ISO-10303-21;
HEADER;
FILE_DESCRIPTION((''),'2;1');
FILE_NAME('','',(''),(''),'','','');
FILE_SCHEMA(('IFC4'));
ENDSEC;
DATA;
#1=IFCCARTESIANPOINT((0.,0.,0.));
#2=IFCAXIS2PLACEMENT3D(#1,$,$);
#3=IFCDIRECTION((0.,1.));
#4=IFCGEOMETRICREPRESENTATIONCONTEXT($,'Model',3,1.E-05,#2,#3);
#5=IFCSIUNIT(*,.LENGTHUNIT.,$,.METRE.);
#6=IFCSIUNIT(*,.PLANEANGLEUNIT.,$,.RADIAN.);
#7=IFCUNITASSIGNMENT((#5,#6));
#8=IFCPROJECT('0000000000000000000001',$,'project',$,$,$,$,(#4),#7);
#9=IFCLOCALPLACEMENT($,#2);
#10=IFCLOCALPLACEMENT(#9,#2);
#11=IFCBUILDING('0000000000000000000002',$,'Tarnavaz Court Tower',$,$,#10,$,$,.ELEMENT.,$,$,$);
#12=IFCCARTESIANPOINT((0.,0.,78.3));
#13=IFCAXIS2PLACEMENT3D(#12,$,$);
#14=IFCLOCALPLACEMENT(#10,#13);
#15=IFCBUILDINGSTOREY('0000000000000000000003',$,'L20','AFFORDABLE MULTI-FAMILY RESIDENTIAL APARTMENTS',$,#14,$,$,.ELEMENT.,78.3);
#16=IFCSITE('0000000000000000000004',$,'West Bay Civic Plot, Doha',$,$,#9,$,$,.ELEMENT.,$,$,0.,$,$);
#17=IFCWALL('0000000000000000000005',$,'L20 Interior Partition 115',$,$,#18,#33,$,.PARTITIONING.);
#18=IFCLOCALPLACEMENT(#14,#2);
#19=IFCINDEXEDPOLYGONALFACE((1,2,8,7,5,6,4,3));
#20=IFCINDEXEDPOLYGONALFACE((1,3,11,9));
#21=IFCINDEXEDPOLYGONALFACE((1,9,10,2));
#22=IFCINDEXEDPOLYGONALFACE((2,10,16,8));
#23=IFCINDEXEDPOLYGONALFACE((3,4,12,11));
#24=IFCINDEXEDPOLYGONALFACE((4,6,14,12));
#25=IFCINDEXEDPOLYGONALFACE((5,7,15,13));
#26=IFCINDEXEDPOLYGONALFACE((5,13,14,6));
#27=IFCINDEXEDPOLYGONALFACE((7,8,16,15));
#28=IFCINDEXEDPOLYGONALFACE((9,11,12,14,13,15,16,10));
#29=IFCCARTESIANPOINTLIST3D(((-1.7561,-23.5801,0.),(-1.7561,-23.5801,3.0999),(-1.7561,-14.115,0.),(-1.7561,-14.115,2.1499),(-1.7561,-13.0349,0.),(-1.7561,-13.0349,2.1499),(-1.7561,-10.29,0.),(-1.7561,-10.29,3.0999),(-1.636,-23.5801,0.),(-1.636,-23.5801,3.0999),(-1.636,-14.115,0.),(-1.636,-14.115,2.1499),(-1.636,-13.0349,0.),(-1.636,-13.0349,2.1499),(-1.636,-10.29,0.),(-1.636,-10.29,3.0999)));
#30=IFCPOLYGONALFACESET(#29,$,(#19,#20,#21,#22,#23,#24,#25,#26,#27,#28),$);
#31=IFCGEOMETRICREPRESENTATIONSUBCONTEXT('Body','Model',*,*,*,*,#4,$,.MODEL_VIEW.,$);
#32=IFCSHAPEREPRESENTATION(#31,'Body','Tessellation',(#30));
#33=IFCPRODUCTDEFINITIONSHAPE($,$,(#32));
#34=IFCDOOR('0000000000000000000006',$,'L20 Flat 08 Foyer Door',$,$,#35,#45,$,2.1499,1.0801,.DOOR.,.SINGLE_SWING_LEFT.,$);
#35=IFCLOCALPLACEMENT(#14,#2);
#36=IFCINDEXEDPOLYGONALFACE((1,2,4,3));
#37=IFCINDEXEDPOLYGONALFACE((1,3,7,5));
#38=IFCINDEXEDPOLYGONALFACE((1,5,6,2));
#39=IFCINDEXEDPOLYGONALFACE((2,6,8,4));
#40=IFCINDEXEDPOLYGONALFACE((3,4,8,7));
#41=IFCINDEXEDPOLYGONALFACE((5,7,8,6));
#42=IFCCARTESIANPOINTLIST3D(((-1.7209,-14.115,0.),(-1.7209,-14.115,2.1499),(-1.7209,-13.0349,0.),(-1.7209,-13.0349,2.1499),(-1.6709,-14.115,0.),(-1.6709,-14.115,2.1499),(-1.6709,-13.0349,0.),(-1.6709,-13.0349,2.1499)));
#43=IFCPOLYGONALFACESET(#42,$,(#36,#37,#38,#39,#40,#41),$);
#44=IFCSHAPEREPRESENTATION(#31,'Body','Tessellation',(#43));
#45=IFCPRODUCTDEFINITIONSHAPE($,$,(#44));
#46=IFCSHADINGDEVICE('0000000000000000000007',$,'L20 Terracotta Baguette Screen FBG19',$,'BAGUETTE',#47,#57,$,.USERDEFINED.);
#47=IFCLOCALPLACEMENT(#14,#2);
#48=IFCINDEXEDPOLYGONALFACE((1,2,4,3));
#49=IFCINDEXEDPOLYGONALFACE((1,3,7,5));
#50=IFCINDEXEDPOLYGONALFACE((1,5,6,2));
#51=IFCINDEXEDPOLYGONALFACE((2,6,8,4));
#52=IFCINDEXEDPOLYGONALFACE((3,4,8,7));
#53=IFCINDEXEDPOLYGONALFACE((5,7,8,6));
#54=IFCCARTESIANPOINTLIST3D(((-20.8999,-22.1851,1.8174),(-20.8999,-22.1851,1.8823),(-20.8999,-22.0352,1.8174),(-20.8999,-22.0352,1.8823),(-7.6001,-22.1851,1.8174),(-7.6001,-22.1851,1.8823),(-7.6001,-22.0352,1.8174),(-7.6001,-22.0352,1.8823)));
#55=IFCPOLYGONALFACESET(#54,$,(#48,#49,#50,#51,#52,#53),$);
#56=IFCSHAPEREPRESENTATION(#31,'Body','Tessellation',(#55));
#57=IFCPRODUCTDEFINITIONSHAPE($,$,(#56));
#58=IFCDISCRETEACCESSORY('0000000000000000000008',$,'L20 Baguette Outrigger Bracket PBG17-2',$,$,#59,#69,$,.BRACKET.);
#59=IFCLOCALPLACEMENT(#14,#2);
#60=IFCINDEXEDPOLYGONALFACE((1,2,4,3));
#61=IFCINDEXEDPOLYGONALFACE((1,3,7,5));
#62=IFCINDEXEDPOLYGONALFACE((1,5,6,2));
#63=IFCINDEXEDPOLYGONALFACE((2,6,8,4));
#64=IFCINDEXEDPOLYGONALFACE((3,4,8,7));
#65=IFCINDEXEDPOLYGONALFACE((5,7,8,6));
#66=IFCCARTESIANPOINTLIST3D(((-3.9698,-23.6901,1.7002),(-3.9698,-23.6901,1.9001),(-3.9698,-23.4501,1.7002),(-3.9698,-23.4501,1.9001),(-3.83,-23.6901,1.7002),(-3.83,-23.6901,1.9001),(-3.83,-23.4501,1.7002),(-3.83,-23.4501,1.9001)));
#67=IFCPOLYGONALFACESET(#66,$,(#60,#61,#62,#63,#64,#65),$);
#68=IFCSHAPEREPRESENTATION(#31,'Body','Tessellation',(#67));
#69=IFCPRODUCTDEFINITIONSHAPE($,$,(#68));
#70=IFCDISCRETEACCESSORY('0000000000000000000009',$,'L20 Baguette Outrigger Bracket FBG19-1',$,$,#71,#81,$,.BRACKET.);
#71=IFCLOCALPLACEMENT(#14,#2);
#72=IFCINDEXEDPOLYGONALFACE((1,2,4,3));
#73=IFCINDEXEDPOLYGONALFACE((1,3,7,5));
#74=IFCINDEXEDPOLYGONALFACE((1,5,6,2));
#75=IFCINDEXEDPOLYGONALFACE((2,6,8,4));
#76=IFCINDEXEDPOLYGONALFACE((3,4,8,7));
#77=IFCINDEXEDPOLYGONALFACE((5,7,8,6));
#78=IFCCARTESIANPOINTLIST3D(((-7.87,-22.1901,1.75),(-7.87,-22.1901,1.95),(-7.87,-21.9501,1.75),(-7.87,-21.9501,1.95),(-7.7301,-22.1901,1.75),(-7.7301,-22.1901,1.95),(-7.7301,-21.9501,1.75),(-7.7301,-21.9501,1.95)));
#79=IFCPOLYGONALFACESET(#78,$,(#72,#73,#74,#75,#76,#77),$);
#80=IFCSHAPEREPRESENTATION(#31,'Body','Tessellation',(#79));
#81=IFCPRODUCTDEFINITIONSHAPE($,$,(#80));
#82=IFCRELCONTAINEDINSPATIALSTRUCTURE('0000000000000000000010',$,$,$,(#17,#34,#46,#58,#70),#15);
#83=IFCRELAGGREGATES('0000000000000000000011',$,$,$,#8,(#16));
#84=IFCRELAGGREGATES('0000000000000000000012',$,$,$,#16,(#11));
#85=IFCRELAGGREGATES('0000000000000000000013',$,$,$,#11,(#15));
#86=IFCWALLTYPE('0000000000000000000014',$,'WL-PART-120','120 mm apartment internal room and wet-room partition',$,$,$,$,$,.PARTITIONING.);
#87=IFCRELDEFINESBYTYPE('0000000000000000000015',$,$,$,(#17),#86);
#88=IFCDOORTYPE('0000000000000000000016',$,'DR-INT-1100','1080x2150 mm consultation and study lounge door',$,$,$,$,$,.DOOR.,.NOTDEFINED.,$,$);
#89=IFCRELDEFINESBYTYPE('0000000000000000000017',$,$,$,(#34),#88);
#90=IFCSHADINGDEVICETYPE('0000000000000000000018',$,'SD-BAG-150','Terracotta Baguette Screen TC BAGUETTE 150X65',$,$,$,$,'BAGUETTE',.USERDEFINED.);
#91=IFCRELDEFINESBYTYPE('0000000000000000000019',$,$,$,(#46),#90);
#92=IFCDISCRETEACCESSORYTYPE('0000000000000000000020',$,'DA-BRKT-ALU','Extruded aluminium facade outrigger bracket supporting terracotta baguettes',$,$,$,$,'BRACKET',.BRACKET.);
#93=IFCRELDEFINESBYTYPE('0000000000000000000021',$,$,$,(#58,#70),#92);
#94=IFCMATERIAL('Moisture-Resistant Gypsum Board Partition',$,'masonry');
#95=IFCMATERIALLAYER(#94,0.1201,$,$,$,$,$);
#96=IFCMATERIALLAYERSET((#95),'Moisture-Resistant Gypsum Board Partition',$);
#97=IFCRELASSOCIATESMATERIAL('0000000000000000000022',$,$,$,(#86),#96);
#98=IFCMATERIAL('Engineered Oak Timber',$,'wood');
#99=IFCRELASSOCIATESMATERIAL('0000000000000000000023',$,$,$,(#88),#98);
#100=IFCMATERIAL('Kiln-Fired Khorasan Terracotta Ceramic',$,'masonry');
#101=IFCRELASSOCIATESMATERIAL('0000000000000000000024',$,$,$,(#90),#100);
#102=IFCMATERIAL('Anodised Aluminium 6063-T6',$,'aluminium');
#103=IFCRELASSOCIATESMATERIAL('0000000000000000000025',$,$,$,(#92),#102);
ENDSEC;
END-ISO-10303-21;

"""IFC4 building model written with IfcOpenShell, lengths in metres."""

from ifc_helpers import new_model, si_unit, direction, frame, frame_2d, origin, origin_2d, place, context, subcontext, project, spatial, rectangle, extrude, material, layer, layer_set, material_profile, profile_set, type_object, element, fill, save


model = new_model("IFC4")

# Units and contexts
model_context = context("Model", 3, precision=1e-05, world=origin(), true_north=direction((0.0, 1.0)))
body_context = subcontext(model_context, "Body", "Model", "MODEL_VIEW")
ifc_project = project(units=[si_unit("LENGTHUNIT", "METRE"), si_unit("PLANEANGLEUNIT", "RADIAN")], contexts=[model_context])

# Site, building, storey
site_placement = place(None, origin())
site = spatial("IfcSite", under=ifc_project, at=site_placement, Name="West Bay Civic Plot, Doha", CompositionType="ELEMENT", RefElevation=0.0)
building_placement = place(site_placement, origin())
building = spatial("IfcBuilding", under=site, at=building_placement, Name="Tarnavaz Court Tower", CompositionType="ELEMENT")
storey_placement = place(building_placement, frame((0.0, 0.0, 78.3)))
storey = spatial("IfcBuildingStorey", under=building, at=storey_placement, Name="L20", Description="AFFORDABLE MULTI-FAMILY RESIDENTIAL APARTMENTS", CompositionType="ELEMENT", Elevation=78.3)

# Shared definitions
ifc_material_1 = material(Name="Anodised Aluminium 6063-T6", Category="aluminium")

# Wall, opening, door
ifc_material_2 = material(Name="Moisture-Resistant Gypsum Board Partition", Category="masonry")
ifc_layer_1 = layer(ifc_material_2, 0.1201)
ifc_layer_set_1 = layer_set([ifc_layer_1], Name="Moisture-Resistant Gypsum Board Partition")
wall_type_1 = type_object("IfcWallType", Name="WL-PART-120", Description="120 mm apartment internal room and wet-room partition", PredefinedType="PARTITIONING", material=ifc_layer_set_1)
ifc_material_3 = material(Name="Engineered Oak Timber", Category="wood")
wall_1_placement = place(storey_placement, frame((-1.696, -23.5801, 0.0), z_axis=(0.0, 0.0, 1.0), x_axis=(0.0, 1.0, 0.0)))
wall_1 = element("IfcWall", 1, at=wall_1_placement, inside=storey, type_object=wall_type_1, Name="L20 Interior Partition 115", PredefinedType="PARTITIONING", context=body_context, shape_type="SweptSolid", body=[
    extrude(rectangle(XDim=13.29, YDim=0.1201, at=frame_2d((6.645, 0.0))), origin(), (0.0, 0.0, 1.0), 3.0999),
])
opening_1_placement = place(wall_1_placement, frame((9.4651, 0.0, 0.0)))
opening_1 = element("IfcOpeningElement", 2, at=opening_1_placement, cuts=wall_1, PredefinedType="OPENING", context=body_context, shape_type="SweptSolid", body=[
    extrude(rectangle(XDim=1.0801, YDim=2.1499, at=frame_2d((0.54, 1.075))), frame((0.0, 0.0701, 0.0), z_axis=(0.0, -1.0, 0.0), x_axis=(1.0, 0.0, 0.0)), (0.0, 0.0, 1.0), 0.1401),
])
door_type_1 = type_object("IfcDoorType", Name="DR-INT-1100", Description="1080x2150 mm consultation and study lounge door", OperationType="NOTDEFINED", PredefinedType="DOOR", material=ifc_material_3)
door_1_placement = place(opening_1_placement, origin())
door_1 = element("IfcDoor", 3, at=door_1_placement, inside=storey, type_object=door_type_1, Name="L20 Flat 08 Foyer Door", OperationType="SINGLE_SWING_LEFT", OverallHeight=2.1499, OverallWidth=1.0801, PredefinedType="DOOR", context=body_context, shape_type="SweptSolid", body=[
    extrude(rectangle(XDim=1.0801, YDim=2.1499, at=frame_2d((0.54, 1.075))), frame((0.0, 0.0249, 0.0), z_axis=(0.0, -1.0, 0.0), x_axis=(1.0, 0.0, 0.0)), (0.0, 0.0, 1.0), 0.05),
])
fill(opening_1, door_1)

# Shading device
ifc_material_4 = material(Name="Kiln-Fired Khorasan Terracotta Ceramic", Category="masonry")
ifc_material_profile_1 = material_profile(ifc_material_4, rectangle(XDim=0.1499, YDim=0.0649, at=origin_2d()), Name="TC BAGUETTE 150X65")
ifc_profile_set_1 = profile_set([ifc_material_profile_1], Name="Kiln-Fired Khorasan Terracotta Ceramic")
shading_device_type = type_object("IfcShadingDeviceType", Name="SD-BAG-150", Description="Terracotta Baguette Screen TC BAGUETTE 150X65", ElementType="BAGUETTE", PredefinedType="USERDEFINED", material=ifc_profile_set_1)
shading_device_placement = place(storey_placement, frame((-7.6001, -22.1101, 1.8499), z_axis=(-1.0, 0.0, 0.0), x_axis=(0.0, -1.0, 0.0)))
element("IfcShadingDevice", 4, at=shading_device_placement, inside=storey, type_object=shading_device_type, Name="L20 Terracotta Baguette Screen FBG19", ObjectType="BAGUETTE", PredefinedType="USERDEFINED", context=body_context, shape_type="SweptSolid", body=[
    extrude(rectangle(XDim=0.1499, YDim=0.0649, at=origin_2d()), origin(), (0.0, 0.0, 1.0), 13.2998),
])

# Discrete accessories
discrete_accessory_type = type_object("IfcDiscreteAccessoryType", Name="DA-BRKT-ALU", Description="Extruded aluminium facade outrigger bracket supporting terracotta baguettes", ElementType="BRACKET", PredefinedType="BRACKET", material=ifc_material_1)
for number, where, z_axis, x_axis, name in (
    (5, (-3.8999, -23.5701, 1.7002), (0.0, 0.0, 1.0), (-1.0, 0.0, 0.0), "L20 Baguette Outrigger Bracket PBG17-2"),
    (6, (-7.8, -22.0701, 1.75), (0.0, 0.0, 1.0), (-1.0, 0.0, 0.0), "L20 Baguette Outrigger Bracket FBG19-1"),
):
    element("IfcDiscreteAccessory", number, at=place(storey_placement, frame(where, z_axis=z_axis, x_axis=x_axis)), inside=storey, type_object=discrete_accessory_type, Name=name, PredefinedType="BRACKET", context=body_context, shape_type="SweptSolid", body=[
        extrude(rectangle(XDim=0.1399, YDim=0.24, at=origin_2d()), origin(), (0.0, 0.0, 1.0), 0.2),
    ])

save(model, "model.ifc")
